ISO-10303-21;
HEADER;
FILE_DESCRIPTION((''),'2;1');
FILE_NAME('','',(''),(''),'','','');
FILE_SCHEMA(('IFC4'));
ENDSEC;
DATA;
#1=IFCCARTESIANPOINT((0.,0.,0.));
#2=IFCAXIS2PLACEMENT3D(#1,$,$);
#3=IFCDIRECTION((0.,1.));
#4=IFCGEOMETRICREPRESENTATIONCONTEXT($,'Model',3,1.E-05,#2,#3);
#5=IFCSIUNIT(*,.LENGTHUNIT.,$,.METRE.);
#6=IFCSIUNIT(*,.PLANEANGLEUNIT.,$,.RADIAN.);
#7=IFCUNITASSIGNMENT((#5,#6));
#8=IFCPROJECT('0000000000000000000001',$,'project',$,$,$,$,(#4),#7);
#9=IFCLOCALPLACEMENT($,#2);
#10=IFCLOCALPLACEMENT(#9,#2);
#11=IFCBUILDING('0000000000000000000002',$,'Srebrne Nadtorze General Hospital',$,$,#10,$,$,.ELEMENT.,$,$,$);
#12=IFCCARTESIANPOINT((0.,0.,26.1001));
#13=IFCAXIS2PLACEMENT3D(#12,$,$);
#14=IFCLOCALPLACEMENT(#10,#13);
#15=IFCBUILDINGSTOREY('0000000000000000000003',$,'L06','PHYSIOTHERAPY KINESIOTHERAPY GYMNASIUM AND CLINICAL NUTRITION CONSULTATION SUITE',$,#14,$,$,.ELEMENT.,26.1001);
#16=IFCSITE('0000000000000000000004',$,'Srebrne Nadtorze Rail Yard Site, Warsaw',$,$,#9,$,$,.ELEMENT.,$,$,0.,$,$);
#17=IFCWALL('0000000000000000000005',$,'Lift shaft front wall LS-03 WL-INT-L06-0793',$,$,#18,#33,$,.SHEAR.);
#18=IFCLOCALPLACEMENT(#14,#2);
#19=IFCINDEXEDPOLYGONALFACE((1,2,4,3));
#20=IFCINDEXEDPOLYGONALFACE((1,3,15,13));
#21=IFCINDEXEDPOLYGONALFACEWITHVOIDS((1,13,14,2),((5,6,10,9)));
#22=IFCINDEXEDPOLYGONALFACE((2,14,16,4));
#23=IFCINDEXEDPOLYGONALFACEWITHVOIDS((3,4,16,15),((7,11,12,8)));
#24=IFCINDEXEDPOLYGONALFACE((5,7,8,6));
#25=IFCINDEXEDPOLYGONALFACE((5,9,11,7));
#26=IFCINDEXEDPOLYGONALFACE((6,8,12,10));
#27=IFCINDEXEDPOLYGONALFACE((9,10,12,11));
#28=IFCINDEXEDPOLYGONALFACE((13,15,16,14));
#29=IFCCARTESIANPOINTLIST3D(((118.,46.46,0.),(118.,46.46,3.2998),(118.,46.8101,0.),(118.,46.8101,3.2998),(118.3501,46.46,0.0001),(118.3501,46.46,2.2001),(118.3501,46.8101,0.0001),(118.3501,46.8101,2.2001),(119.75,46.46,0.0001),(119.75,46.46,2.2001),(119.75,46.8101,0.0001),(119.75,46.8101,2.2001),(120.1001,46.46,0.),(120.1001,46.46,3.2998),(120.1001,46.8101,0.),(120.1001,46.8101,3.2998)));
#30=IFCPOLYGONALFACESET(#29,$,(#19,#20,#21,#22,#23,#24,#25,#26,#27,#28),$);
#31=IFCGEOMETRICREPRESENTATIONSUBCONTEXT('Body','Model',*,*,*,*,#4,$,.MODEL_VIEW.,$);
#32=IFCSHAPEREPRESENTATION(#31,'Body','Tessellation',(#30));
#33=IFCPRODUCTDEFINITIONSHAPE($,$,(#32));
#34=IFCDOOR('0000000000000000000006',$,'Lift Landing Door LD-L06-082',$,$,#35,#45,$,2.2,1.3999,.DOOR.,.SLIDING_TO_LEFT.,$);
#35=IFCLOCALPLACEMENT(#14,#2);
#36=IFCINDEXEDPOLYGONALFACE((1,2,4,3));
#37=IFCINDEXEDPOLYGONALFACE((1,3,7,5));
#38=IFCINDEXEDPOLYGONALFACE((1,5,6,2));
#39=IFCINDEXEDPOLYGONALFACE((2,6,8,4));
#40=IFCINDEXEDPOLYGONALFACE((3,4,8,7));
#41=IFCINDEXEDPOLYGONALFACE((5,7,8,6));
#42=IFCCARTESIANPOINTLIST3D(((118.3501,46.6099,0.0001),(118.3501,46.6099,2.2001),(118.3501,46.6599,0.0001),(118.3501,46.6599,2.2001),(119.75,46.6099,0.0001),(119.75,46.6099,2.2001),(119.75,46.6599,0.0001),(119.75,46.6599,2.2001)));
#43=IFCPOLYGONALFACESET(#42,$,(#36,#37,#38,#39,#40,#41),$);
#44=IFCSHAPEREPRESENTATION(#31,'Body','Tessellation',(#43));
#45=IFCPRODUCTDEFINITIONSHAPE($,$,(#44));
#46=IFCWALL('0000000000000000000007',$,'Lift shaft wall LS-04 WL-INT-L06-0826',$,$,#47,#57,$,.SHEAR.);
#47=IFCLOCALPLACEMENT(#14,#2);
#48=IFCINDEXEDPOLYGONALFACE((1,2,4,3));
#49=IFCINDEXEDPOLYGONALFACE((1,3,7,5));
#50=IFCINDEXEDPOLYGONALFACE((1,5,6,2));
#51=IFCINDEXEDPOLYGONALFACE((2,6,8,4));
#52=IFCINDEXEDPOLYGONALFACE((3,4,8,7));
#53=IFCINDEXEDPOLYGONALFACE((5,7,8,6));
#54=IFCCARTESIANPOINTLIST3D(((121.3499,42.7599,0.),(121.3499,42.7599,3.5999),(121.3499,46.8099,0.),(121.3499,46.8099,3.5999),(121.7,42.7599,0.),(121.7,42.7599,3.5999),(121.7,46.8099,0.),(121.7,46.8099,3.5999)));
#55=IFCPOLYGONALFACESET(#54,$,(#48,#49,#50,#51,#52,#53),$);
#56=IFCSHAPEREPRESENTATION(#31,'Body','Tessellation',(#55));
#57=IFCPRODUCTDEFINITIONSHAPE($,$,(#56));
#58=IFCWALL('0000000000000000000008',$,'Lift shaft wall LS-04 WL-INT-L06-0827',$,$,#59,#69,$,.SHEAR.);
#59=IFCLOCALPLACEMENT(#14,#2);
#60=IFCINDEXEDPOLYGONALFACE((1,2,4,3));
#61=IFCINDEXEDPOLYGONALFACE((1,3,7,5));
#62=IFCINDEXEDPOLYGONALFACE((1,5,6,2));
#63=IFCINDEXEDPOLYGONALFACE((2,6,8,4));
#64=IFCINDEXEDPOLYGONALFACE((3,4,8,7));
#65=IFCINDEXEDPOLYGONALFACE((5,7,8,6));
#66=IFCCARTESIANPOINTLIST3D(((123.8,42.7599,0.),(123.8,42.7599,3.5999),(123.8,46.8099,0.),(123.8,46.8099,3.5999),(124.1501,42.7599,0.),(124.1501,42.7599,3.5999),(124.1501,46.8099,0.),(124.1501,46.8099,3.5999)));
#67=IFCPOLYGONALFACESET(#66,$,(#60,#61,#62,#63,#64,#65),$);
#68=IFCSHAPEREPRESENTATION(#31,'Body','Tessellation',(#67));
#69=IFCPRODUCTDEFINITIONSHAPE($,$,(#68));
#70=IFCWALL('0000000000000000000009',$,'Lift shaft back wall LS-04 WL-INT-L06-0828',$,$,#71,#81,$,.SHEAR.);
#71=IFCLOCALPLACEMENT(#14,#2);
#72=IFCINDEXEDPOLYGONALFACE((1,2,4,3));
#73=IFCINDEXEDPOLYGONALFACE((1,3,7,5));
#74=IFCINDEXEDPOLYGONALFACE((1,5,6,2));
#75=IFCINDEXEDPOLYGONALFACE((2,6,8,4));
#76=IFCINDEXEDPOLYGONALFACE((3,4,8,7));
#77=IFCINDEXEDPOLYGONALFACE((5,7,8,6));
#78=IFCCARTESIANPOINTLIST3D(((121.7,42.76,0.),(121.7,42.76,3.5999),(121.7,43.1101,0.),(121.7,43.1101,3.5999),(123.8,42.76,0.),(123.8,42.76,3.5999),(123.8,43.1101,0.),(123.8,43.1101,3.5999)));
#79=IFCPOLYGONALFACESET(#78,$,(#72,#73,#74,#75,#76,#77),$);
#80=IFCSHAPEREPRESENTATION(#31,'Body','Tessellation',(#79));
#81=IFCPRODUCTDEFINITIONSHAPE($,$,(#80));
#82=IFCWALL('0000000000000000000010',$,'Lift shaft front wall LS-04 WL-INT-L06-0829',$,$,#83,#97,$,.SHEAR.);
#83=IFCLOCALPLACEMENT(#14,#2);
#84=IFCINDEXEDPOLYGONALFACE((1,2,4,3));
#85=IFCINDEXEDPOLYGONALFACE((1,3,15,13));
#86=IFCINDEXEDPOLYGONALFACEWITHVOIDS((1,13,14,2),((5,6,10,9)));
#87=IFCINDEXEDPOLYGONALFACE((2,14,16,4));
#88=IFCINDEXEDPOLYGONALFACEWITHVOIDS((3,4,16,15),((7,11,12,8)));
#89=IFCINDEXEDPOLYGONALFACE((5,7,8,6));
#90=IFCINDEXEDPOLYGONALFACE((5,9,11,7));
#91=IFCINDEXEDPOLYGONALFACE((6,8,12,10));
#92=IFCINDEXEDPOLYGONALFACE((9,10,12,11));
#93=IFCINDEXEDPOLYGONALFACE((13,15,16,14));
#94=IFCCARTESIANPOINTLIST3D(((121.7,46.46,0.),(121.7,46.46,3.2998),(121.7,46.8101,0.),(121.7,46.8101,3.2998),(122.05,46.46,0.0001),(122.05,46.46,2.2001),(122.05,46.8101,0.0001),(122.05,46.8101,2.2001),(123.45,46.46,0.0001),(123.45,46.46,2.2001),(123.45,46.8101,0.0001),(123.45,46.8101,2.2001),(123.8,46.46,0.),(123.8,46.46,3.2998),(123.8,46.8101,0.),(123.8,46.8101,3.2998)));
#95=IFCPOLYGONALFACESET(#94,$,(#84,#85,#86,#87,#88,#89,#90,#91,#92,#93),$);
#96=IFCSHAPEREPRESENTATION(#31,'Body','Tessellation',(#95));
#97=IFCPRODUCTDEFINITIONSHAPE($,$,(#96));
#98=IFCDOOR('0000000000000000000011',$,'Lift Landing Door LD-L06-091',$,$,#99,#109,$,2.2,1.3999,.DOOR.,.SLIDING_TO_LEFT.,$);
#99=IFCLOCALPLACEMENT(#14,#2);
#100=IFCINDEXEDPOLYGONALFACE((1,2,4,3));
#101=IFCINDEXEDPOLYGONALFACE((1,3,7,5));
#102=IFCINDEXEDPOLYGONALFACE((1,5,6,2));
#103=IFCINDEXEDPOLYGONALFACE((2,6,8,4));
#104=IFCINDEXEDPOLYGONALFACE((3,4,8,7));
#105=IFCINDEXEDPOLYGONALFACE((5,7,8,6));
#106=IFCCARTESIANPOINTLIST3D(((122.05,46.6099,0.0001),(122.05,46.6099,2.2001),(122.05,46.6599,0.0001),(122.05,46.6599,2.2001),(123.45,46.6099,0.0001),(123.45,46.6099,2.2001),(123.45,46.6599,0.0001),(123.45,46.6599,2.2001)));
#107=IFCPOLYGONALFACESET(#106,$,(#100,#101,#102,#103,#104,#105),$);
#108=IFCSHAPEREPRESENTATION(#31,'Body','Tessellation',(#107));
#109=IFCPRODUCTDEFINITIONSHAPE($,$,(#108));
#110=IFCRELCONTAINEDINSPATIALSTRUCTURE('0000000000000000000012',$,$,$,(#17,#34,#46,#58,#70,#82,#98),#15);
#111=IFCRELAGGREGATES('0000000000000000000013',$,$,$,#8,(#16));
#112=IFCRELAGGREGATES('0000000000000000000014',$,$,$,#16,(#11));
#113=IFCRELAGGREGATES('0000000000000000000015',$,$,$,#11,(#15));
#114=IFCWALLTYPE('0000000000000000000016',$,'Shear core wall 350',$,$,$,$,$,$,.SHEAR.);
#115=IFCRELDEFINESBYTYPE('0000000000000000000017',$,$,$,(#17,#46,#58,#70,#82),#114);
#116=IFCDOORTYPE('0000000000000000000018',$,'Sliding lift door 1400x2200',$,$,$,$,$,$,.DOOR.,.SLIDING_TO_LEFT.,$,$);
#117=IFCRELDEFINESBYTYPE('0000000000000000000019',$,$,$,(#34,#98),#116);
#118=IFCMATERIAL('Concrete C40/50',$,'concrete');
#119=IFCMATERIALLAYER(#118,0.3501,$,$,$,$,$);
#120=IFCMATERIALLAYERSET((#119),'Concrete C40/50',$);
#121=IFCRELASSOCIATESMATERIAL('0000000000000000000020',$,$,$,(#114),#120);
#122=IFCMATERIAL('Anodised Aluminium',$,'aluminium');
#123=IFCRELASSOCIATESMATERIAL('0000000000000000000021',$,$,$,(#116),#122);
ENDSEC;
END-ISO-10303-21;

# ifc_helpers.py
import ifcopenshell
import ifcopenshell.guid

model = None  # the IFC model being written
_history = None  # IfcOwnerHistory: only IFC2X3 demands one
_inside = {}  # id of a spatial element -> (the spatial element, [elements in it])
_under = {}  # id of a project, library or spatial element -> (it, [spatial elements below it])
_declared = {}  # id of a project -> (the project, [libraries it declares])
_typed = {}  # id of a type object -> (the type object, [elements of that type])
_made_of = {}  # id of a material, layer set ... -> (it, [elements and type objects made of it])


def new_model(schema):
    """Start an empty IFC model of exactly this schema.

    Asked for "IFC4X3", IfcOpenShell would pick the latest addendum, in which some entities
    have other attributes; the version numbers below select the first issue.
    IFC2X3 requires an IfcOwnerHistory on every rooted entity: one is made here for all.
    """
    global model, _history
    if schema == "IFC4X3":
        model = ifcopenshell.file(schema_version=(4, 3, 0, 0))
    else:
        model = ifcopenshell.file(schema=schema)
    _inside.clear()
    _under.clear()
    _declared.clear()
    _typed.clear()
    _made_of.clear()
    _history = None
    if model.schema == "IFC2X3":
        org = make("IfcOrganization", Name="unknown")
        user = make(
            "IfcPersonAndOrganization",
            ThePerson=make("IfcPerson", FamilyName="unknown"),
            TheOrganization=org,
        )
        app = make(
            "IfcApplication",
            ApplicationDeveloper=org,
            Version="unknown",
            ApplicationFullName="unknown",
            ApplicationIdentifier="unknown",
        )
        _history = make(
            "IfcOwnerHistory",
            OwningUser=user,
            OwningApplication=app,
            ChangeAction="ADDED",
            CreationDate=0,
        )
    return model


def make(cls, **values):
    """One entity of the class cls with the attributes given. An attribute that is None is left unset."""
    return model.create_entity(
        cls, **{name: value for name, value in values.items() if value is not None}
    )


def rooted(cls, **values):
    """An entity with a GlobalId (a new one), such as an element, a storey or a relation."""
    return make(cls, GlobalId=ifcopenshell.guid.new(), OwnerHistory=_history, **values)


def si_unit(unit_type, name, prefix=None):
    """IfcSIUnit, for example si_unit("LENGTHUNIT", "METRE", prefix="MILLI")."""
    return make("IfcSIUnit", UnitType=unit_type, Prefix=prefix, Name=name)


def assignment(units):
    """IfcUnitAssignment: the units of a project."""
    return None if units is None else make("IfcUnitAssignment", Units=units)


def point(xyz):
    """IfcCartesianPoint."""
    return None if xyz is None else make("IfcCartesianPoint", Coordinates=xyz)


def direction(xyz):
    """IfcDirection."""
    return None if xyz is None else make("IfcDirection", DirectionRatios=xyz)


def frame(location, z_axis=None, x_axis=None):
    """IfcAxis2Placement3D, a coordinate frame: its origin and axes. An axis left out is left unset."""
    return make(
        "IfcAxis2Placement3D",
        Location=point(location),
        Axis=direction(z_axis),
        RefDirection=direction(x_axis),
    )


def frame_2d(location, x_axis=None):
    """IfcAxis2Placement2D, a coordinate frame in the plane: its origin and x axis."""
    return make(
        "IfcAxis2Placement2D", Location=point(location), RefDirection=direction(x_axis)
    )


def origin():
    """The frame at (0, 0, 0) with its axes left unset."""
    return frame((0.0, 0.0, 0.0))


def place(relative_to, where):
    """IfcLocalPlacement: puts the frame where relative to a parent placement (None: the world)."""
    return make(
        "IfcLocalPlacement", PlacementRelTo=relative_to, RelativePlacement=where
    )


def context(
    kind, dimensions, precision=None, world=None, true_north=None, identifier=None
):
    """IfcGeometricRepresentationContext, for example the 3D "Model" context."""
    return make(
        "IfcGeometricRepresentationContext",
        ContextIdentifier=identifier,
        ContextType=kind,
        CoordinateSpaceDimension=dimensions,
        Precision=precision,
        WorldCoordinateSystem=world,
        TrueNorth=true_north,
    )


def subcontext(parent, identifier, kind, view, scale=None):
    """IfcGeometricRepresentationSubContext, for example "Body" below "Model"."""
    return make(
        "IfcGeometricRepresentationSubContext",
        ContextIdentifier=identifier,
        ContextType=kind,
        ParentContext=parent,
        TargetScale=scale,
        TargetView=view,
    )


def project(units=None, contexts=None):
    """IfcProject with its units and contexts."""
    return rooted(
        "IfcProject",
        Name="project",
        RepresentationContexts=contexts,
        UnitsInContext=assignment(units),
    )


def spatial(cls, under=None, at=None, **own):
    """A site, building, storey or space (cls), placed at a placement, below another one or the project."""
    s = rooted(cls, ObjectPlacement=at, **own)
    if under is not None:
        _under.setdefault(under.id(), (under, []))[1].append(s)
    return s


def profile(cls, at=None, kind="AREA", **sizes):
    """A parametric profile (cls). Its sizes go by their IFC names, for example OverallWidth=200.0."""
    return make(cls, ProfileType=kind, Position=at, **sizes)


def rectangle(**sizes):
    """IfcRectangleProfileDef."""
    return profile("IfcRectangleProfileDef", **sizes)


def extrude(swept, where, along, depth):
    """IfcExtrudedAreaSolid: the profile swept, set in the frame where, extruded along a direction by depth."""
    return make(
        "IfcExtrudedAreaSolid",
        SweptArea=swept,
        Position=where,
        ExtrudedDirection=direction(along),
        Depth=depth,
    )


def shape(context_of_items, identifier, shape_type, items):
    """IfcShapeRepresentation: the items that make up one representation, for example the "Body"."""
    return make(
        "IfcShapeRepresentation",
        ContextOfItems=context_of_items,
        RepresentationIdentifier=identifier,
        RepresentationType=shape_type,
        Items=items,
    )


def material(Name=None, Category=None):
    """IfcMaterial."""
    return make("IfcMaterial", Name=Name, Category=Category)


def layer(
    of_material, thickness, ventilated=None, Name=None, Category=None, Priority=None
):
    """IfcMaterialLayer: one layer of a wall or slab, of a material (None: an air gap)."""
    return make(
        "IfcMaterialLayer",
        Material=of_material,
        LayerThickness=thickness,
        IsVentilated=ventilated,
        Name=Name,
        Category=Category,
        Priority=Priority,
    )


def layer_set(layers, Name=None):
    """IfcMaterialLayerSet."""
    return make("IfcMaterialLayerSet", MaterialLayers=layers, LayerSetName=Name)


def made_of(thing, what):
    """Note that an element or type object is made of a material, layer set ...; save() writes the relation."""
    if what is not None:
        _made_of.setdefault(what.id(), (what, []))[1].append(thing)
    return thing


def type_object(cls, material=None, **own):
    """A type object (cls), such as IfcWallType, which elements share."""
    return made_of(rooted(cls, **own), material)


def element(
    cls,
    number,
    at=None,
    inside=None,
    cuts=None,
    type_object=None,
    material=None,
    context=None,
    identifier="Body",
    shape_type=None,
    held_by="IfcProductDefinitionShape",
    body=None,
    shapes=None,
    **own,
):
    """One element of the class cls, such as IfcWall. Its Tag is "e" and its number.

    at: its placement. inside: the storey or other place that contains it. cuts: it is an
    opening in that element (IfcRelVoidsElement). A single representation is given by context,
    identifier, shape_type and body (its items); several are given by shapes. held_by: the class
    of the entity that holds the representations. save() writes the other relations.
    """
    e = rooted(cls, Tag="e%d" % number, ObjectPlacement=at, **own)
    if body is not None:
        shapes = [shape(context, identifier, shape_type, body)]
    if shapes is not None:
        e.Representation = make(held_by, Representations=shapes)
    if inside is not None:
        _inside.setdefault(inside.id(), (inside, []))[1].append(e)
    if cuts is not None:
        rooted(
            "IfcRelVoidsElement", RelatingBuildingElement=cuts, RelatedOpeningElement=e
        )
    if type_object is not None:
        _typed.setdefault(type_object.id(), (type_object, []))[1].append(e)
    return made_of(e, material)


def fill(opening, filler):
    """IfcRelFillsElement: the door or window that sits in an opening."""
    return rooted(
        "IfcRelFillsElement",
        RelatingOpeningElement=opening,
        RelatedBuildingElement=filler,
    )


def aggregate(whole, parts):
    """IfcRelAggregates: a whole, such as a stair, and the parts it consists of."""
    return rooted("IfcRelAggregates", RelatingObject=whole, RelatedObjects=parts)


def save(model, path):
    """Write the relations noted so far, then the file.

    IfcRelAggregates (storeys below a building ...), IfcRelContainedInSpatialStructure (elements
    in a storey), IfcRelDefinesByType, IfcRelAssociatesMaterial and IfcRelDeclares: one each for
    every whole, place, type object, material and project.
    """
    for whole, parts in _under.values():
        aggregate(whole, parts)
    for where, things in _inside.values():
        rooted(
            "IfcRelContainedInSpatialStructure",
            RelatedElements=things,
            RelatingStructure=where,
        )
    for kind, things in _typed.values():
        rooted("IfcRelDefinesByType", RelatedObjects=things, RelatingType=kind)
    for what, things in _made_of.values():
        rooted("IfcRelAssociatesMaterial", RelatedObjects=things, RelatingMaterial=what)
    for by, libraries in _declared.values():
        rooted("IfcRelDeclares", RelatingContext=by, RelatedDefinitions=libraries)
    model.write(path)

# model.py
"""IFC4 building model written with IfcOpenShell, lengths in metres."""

from ifc_helpers import new_model, si_unit, direction, frame, frame_2d, origin, place, context, subcontext, project, spatial, rectangle, extrude, material, layer, layer_set, type_object, element, fill, save


model = new_model("IFC4")

# Units and contexts
model_context = context("Model", 3, precision=1e-05, world=origin(), true_north=direction((0.0, 1.0)))
body_context = subcontext(model_context, "Body", "Model", "MODEL_VIEW")
ifc_project = project(units=[si_unit("LENGTHUNIT", "METRE"), si_unit("PLANEANGLEUNIT", "RADIAN")], contexts=[model_context])

# Site, building, storey
site_placement = place(None, origin())
site = spatial("IfcSite", under=ifc_project, at=site_placement, Name="Srebrne Nadtorze Rail Yard Site, Warsaw", CompositionType="ELEMENT", RefElevation=0.0)
building_placement = place(site_placement, origin())
building = spatial("IfcBuilding", under=site, at=building_placement, Name="Srebrne Nadtorze General Hospital", CompositionType="ELEMENT")
storey_placement = place(building_placement, frame((0.0, 0.0, 26.1001)))
storey = spatial("IfcBuildingStorey", under=building, at=storey_placement, Name="L06", Description="PHYSIOTHERAPY KINESIOTHERAPY GYMNASIUM AND CLINICAL NUTRITION CONSULTATION SUITE", CompositionType="ELEMENT", Elevation=26.1001)

# Shared definitions
ifc_material_1 = material(Name="Concrete C40/50", Category="concrete")
ifc_layer_1 = layer(ifc_material_1, 0.3501)
ifc_layer_set_1 = layer_set([ifc_layer_1], Name="Concrete C40/50")
wall_type_1 = type_object("IfcWallType", Name="Shear core wall 350", PredefinedType="SHEAR", material=ifc_layer_set_1)

# Wall, opening, door
wall_1_placement = place(storey_placement, frame((118.0, 46.635, 0.0), z_axis=(0.0, 0.0, 1.0), x_axis=(1.0, 0.0, 0.0)))
wall_1 = element("IfcWall", 1, at=wall_1_placement, inside=storey, type_object=wall_type_1, Name="Lift shaft front wall LS-03 WL-INT-L06-0793", PredefinedType="SHEAR", context=body_context, shape_type="SweptSolid", body=[
    extrude(rectangle(XDim=2.1001, YDim=0.3501, at=frame_2d((1.05, 0.0))), origin(), (0.0, 0.0, 1.0), 3.2998),
])
opening_1_placement = place(wall_1_placement, frame((0.3501, 0.0, 0.0)))
opening_1 = element("IfcOpeningElement", 2, at=opening_1_placement, cuts=wall_1, PredefinedType="OPENING", context=body_context, shape_type="SweptSolid", body=[
    extrude(rectangle(XDim=1.3999, YDim=2.2, at=frame_2d((0.7, 1.1001))), frame((0.0, 0.187, 0.0), z_axis=(0.0, -1.0, 0.0), x_axis=(1.0, 0.0, 0.0)), (0.0, 0.0, 1.0), 0.374),
])
ifc_material_2 = material(Name="Anodised Aluminium", Category="aluminium")
door_type_1 = type_object("IfcDoorType", Name="Sliding lift door 1400x2200", OperationType="SLIDING_TO_LEFT", PredefinedType="DOOR", material=ifc_material_2)
door_1_placement = place(opening_1_placement, origin())
door_1 = element("IfcDoor", 3, at=door_1_placement, inside=storey, type_object=door_type_1, Name="Lift Landing Door LD-L06-082", OperationType="SLIDING_TO_LEFT", OverallHeight=2.2, OverallWidth=1.3999, PredefinedType="DOOR", context=body_context, shape_type="SweptSolid", body=[
    extrude(rectangle(XDim=1.3999, YDim=2.2, at=frame_2d((0.7, 1.1001))), frame((0.0, 0.0249, 0.0), z_axis=(0.0, -1.0, 0.0), x_axis=(1.0, 0.0, 0.0)), (0.0, 0.0, 1.0), 0.05),
])
fill(opening_1, door_1)

# Walls
for number, where, z_axis, x_axis, name in (
    (4, (121.5249, 42.76, 0.0), (0.0, 0.0, 1.0), (0.0, 1.0, 0.0), "Lift shaft wall LS-04 WL-INT-L06-0826"),
    (5, (123.9751, 42.76, 0.0), (0.0, 0.0, 1.0), (0.0, 1.0, 0.0), "Lift shaft wall LS-04 WL-INT-L06-0827"),
):
    element("IfcWall", number, at=place(storey_placement, frame(where, z_axis=z_axis, x_axis=x_axis)), inside=storey, type_object=wall_type_1, Name=name, PredefinedType="SHEAR", context=body_context, shape_type="SweptSolid", body=[
        extrude(rectangle(XDim=4.05, YDim=0.3501, at=frame_2d((2.0249, 0.0))), origin(), (0.0, 0.0, 1.0), 3.5999),
    ])
wall_2_placement = place(storey_placement, frame((121.7, 42.9351, 0.0), z_axis=(0.0, 0.0, 1.0), x_axis=(1.0, 0.0, 0.0)))
element("IfcWall", 6, at=wall_2_placement, inside=storey, type_object=wall_type_1, Name="Lift shaft back wall LS-04 WL-INT-L06-0828", PredefinedType="SHEAR", context=body_context, shape_type="SweptSolid", body=[
    extrude(rectangle(XDim=2.1001, YDim=0.3501, at=frame_2d((1.05, 0.0))), origin(), (0.0, 0.0, 1.0), 3.5999),
])

# Wall, opening, door
wall_3_placement = place(storey_placement, frame((121.7, 46.635, 0.0), z_axis=(0.0, 0.0, 1.0), x_axis=(1.0, 0.0, 0.0)))
wall_3 = element("IfcWall", 7, at=wall_3_placement, inside=storey, type_object=wall_type_1, Name="Lift shaft front wall LS-04 WL-INT-L06-0829", PredefinedType="SHEAR", context=body_context, shape_type="SweptSolid", body=[
    extrude(rectangle(XDim=2.1001, YDim=0.3501, at=frame_2d((1.05, 0.0))), origin(), (0.0, 0.0, 1.0), 3.2998),
])
opening_2_placement = place(wall_3_placement, frame((0.3501, 0.0, 0.0)))
opening_2 = element("IfcOpeningElement", 8, at=opening_2_placement, cuts=wall_3, PredefinedType="OPENING", context=body_context, shape_type="SweptSolid", body=[
    extrude(rectangle(XDim=1.3999, YDim=2.2, at=frame_2d((0.7, 1.1001))), frame((0.0, 0.187, 0.0), z_axis=(0.0, -1.0, 0.0), x_axis=(1.0, 0.0, 0.0)), (0.0, 0.0, 1.0), 0.374),
])
door_2_placement = place(opening_2_placement, origin())
door_2 = element("IfcDoor", 9, at=door_2_placement, inside=storey, type_object=door_type_1, Name="Lift Landing Door LD-L06-091", OperationType="SLIDING_TO_LEFT", OverallHeight=2.2, OverallWidth=1.3999, PredefinedType="DOOR", context=body_context, shape_type="SweptSolid", body=[
    extrude(rectangle(XDim=1.3999, YDim=2.2, at=frame_2d((0.7, 1.1001))), frame((0.0, 0.0249, 0.0), z_axis=(0.0, -1.0, 0.0), x_axis=(1.0, 0.0, 0.0)), (0.0, 0.0, 1.0), 0.05),
])
fill(opening_2, door_2)

save(model, "model.ifc")
